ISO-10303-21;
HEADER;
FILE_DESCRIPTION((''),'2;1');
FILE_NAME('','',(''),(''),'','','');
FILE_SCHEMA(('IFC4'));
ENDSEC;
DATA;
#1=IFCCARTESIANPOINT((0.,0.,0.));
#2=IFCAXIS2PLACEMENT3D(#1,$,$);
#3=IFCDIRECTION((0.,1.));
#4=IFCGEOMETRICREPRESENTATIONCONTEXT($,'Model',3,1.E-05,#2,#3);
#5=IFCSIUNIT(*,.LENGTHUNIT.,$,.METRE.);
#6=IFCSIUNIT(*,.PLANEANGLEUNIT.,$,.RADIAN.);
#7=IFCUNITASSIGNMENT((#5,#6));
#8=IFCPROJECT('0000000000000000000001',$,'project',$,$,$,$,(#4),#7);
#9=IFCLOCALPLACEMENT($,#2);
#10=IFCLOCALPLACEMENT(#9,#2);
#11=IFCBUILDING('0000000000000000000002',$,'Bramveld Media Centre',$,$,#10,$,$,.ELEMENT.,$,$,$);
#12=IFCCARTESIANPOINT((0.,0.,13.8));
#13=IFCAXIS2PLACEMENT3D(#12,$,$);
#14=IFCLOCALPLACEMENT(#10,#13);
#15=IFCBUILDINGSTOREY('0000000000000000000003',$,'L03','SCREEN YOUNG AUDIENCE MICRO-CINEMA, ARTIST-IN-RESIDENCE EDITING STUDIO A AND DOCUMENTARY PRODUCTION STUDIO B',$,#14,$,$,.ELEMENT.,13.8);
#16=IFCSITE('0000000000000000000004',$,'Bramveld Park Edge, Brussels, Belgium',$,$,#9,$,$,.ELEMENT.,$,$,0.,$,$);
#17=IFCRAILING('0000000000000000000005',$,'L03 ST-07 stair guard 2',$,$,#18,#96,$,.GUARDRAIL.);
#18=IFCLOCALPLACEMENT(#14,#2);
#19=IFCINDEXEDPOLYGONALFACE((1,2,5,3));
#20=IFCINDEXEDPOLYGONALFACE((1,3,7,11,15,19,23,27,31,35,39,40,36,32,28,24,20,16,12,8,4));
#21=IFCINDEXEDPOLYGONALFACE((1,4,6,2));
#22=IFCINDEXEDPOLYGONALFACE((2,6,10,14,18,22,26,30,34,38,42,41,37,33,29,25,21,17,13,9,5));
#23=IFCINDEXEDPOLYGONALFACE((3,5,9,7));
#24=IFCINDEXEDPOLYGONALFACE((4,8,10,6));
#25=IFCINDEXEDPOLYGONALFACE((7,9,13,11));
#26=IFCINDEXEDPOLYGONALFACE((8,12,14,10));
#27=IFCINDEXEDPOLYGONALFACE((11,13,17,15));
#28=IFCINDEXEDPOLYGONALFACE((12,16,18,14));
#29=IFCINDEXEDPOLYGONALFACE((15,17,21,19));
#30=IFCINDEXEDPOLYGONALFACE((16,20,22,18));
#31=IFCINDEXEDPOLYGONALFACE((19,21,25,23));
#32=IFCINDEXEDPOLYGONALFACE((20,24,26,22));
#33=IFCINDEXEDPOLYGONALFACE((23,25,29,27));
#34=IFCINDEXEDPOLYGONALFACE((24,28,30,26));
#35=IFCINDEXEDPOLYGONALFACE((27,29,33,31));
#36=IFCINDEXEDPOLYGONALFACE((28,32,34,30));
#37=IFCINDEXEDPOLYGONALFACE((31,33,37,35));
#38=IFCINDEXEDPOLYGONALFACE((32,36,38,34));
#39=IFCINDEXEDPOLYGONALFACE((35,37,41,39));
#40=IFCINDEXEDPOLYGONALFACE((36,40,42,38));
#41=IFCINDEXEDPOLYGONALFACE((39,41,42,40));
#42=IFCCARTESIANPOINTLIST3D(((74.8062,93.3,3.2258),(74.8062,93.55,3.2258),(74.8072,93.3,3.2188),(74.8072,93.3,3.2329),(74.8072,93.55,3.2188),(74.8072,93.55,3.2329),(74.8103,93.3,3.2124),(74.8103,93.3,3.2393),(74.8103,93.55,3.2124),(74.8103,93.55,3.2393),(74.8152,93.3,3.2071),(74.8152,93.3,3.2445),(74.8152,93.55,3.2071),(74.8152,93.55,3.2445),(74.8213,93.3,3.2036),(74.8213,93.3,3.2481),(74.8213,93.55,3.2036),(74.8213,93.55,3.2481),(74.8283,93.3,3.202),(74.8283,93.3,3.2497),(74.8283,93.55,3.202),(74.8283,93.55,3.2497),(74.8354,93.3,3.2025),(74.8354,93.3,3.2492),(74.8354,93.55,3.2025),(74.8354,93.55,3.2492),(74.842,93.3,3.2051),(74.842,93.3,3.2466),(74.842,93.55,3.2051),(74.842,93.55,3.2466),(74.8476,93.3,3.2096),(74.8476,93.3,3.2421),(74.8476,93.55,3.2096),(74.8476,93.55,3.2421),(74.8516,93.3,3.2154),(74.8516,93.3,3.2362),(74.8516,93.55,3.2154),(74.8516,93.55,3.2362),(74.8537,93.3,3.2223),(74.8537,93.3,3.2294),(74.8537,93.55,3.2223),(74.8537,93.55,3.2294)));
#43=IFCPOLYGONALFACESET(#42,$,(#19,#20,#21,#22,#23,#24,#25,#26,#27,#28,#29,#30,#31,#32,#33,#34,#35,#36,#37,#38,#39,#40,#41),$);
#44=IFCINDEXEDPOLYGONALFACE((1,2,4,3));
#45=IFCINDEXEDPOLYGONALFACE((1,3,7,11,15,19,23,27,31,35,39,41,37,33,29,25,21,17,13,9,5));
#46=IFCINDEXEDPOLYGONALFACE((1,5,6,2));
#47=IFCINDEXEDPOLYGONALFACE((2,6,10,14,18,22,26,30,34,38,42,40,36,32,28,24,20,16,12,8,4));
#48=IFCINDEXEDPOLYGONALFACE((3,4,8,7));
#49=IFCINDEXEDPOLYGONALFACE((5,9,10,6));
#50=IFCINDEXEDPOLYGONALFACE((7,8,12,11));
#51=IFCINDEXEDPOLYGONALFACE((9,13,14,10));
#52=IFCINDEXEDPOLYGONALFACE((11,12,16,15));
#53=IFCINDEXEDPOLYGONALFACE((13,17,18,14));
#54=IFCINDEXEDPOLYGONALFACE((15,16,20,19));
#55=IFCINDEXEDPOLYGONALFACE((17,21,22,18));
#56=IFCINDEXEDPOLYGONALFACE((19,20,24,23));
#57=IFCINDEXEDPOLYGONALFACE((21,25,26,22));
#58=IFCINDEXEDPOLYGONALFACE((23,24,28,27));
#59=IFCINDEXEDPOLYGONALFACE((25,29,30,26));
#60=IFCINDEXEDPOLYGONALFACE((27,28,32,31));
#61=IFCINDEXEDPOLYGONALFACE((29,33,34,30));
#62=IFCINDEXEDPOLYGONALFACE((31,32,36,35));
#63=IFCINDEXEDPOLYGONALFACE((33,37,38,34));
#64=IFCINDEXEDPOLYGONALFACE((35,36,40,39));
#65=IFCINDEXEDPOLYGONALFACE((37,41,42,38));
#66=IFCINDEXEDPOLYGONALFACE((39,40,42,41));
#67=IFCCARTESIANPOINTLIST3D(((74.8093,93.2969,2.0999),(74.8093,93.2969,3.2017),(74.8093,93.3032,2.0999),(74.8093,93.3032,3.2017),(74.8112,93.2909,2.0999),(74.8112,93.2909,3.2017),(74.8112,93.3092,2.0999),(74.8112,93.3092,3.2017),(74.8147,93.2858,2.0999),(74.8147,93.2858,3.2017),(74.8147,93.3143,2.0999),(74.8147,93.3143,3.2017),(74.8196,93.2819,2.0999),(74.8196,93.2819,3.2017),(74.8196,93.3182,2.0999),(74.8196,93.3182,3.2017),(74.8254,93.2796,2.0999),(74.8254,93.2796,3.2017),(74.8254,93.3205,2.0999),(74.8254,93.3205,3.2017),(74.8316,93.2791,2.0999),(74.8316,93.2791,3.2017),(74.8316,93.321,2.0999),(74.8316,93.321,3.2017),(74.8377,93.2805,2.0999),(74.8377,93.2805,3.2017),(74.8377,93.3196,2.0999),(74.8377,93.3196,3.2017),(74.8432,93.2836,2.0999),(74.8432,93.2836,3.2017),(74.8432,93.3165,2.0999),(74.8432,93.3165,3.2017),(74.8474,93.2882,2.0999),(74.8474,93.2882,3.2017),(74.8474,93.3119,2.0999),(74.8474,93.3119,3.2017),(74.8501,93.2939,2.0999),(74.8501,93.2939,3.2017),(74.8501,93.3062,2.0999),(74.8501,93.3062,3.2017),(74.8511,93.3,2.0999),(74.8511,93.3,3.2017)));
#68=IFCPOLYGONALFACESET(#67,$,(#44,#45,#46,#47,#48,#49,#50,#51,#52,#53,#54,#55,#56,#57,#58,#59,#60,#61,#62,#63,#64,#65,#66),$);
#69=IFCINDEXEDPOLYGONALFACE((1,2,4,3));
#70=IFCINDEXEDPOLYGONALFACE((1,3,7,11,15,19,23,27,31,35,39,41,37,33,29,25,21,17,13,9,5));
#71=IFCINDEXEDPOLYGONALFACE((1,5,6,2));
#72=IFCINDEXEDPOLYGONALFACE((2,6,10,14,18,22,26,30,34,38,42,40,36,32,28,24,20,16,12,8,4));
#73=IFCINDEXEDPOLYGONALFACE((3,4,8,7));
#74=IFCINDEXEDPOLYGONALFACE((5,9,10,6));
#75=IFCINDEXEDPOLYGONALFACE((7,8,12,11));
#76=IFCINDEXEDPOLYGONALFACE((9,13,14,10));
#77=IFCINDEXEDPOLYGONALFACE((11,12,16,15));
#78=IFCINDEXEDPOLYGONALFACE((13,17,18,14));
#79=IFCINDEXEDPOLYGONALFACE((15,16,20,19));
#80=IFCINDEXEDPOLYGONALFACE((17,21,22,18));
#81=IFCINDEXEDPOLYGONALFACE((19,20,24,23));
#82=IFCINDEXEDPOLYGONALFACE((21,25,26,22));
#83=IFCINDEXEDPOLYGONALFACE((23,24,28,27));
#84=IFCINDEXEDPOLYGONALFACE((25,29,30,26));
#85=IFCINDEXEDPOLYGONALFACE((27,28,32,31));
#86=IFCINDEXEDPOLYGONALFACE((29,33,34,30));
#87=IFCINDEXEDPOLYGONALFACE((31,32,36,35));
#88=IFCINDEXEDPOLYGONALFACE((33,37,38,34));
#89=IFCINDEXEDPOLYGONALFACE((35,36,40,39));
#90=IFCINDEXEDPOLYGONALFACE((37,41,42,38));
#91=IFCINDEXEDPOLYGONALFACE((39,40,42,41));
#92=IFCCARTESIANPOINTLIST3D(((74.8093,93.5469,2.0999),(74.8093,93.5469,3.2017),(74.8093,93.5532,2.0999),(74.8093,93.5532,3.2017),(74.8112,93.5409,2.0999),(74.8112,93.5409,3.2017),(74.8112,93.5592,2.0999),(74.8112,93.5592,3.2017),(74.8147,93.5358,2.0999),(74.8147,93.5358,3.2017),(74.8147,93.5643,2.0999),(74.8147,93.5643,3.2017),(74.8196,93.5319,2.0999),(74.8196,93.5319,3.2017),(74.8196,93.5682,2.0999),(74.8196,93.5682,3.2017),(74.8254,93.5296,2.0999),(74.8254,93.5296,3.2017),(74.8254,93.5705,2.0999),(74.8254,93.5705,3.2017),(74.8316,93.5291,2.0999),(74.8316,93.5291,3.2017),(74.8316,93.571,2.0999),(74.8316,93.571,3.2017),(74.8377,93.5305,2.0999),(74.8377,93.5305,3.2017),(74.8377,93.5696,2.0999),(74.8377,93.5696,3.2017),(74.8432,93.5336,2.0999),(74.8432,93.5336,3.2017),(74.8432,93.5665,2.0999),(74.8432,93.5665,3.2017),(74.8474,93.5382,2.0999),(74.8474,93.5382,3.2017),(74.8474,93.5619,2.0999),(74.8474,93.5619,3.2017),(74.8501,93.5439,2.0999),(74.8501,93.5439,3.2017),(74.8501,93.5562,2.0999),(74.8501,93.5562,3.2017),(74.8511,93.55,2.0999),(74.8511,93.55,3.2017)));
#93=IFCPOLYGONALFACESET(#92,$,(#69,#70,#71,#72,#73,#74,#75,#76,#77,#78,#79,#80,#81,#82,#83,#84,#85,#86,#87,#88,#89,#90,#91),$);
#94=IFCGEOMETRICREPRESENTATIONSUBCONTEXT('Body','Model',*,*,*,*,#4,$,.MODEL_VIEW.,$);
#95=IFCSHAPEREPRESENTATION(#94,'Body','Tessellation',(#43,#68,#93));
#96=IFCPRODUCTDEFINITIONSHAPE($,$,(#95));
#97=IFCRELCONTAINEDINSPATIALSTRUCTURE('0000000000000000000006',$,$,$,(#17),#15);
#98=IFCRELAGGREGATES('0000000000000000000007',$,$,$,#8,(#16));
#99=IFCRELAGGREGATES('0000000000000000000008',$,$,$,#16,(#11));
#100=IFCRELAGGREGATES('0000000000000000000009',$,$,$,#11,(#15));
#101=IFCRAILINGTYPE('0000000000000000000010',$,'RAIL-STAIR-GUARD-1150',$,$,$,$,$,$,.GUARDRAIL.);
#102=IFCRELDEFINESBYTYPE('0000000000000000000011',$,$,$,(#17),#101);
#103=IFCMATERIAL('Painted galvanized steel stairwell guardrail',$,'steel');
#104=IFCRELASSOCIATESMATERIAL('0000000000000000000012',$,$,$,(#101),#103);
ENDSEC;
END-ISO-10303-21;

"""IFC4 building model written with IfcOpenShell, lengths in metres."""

from ifc_helpers import new_model, si_unit, direction, frame, origin, origin_2d, place, context, subcontext, project, spatial, circle, extrude, material, type_object, element, save


model = new_model("IFC4")

# Units and contexts
model_context = context("Model", 3, precision=1e-05, world=origin(), true_north=direction((0.0, 1.0)))
body_context = subcontext(model_context, "Body", "Model", "MODEL_VIEW")
ifc_project = project(units=[si_unit("LENGTHUNIT", "METRE"), si_unit("PLANEANGLEUNIT", "RADIAN")], contexts=[model_context])

# Site, building, storey
site_placement = place(None, origin())
site = spatial("IfcSite", under=ifc_project, at=site_placement, Name="Bramveld Park Edge, Brussels, Belgium", CompositionType="ELEMENT", RefElevation=0.0)
building_placement = place(site_placement, origin())
building = spatial("IfcBuilding", under=site, at=building_placement, Name="Bramveld Media Centre", CompositionType="ELEMENT")
storey_placement = place(building_placement, frame((0.0, 0.0, 13.8)))
storey = spatial("IfcBuildingStorey", under=building, at=storey_placement, Name="L03", Description="SCREEN YOUNG AUDIENCE MICRO-CINEMA, ARTIST-IN-RESIDENCE EDITING STUDIO A AND DOCUMENTARY PRODUCTION STUDIO B", CompositionType="ELEMENT", Elevation=13.8)

# Railing
ifc_material_1 = material(Name="Painted galvanized steel stairwell guardrail", Category="steel")
railing_type_1 = type_object("IfcRailingType", Name="RAIL-STAIR-GUARD-1150", PredefinedType="GUARDRAIL", material=ifc_material_1)
railing_1_placement = place(storey_placement, frame((74.8301, 93.3, 2.0999)))
element("IfcRailing", 1, at=railing_1_placement, inside=storey, type_object=railing_type_1, Name="L03 ST-07 stair guard 2", PredefinedType="GUARDRAIL", context=body_context, shape_type="SweptSolid", body=[
    extrude(circle(Radius=0.0239, at=origin_2d()), frame((0.0, 0.0, 1.126), z_axis=(0.0, 1.0, 0.0), x_axis=(-1.0, 0.0, 0.0)), (0.0, 0.0, 1.0), 0.25),
    extrude(circle(Radius=0.021, at=origin_2d()), origin(), (0.0, 0.0, 1.0), 1.1018),
    extrude(circle(Radius=0.021, at=origin_2d()), frame((0.0, 0.25, 0.0)), (0.0, 0.0, 1.0), 1.1018),
])

save(model, "model.ifc")
